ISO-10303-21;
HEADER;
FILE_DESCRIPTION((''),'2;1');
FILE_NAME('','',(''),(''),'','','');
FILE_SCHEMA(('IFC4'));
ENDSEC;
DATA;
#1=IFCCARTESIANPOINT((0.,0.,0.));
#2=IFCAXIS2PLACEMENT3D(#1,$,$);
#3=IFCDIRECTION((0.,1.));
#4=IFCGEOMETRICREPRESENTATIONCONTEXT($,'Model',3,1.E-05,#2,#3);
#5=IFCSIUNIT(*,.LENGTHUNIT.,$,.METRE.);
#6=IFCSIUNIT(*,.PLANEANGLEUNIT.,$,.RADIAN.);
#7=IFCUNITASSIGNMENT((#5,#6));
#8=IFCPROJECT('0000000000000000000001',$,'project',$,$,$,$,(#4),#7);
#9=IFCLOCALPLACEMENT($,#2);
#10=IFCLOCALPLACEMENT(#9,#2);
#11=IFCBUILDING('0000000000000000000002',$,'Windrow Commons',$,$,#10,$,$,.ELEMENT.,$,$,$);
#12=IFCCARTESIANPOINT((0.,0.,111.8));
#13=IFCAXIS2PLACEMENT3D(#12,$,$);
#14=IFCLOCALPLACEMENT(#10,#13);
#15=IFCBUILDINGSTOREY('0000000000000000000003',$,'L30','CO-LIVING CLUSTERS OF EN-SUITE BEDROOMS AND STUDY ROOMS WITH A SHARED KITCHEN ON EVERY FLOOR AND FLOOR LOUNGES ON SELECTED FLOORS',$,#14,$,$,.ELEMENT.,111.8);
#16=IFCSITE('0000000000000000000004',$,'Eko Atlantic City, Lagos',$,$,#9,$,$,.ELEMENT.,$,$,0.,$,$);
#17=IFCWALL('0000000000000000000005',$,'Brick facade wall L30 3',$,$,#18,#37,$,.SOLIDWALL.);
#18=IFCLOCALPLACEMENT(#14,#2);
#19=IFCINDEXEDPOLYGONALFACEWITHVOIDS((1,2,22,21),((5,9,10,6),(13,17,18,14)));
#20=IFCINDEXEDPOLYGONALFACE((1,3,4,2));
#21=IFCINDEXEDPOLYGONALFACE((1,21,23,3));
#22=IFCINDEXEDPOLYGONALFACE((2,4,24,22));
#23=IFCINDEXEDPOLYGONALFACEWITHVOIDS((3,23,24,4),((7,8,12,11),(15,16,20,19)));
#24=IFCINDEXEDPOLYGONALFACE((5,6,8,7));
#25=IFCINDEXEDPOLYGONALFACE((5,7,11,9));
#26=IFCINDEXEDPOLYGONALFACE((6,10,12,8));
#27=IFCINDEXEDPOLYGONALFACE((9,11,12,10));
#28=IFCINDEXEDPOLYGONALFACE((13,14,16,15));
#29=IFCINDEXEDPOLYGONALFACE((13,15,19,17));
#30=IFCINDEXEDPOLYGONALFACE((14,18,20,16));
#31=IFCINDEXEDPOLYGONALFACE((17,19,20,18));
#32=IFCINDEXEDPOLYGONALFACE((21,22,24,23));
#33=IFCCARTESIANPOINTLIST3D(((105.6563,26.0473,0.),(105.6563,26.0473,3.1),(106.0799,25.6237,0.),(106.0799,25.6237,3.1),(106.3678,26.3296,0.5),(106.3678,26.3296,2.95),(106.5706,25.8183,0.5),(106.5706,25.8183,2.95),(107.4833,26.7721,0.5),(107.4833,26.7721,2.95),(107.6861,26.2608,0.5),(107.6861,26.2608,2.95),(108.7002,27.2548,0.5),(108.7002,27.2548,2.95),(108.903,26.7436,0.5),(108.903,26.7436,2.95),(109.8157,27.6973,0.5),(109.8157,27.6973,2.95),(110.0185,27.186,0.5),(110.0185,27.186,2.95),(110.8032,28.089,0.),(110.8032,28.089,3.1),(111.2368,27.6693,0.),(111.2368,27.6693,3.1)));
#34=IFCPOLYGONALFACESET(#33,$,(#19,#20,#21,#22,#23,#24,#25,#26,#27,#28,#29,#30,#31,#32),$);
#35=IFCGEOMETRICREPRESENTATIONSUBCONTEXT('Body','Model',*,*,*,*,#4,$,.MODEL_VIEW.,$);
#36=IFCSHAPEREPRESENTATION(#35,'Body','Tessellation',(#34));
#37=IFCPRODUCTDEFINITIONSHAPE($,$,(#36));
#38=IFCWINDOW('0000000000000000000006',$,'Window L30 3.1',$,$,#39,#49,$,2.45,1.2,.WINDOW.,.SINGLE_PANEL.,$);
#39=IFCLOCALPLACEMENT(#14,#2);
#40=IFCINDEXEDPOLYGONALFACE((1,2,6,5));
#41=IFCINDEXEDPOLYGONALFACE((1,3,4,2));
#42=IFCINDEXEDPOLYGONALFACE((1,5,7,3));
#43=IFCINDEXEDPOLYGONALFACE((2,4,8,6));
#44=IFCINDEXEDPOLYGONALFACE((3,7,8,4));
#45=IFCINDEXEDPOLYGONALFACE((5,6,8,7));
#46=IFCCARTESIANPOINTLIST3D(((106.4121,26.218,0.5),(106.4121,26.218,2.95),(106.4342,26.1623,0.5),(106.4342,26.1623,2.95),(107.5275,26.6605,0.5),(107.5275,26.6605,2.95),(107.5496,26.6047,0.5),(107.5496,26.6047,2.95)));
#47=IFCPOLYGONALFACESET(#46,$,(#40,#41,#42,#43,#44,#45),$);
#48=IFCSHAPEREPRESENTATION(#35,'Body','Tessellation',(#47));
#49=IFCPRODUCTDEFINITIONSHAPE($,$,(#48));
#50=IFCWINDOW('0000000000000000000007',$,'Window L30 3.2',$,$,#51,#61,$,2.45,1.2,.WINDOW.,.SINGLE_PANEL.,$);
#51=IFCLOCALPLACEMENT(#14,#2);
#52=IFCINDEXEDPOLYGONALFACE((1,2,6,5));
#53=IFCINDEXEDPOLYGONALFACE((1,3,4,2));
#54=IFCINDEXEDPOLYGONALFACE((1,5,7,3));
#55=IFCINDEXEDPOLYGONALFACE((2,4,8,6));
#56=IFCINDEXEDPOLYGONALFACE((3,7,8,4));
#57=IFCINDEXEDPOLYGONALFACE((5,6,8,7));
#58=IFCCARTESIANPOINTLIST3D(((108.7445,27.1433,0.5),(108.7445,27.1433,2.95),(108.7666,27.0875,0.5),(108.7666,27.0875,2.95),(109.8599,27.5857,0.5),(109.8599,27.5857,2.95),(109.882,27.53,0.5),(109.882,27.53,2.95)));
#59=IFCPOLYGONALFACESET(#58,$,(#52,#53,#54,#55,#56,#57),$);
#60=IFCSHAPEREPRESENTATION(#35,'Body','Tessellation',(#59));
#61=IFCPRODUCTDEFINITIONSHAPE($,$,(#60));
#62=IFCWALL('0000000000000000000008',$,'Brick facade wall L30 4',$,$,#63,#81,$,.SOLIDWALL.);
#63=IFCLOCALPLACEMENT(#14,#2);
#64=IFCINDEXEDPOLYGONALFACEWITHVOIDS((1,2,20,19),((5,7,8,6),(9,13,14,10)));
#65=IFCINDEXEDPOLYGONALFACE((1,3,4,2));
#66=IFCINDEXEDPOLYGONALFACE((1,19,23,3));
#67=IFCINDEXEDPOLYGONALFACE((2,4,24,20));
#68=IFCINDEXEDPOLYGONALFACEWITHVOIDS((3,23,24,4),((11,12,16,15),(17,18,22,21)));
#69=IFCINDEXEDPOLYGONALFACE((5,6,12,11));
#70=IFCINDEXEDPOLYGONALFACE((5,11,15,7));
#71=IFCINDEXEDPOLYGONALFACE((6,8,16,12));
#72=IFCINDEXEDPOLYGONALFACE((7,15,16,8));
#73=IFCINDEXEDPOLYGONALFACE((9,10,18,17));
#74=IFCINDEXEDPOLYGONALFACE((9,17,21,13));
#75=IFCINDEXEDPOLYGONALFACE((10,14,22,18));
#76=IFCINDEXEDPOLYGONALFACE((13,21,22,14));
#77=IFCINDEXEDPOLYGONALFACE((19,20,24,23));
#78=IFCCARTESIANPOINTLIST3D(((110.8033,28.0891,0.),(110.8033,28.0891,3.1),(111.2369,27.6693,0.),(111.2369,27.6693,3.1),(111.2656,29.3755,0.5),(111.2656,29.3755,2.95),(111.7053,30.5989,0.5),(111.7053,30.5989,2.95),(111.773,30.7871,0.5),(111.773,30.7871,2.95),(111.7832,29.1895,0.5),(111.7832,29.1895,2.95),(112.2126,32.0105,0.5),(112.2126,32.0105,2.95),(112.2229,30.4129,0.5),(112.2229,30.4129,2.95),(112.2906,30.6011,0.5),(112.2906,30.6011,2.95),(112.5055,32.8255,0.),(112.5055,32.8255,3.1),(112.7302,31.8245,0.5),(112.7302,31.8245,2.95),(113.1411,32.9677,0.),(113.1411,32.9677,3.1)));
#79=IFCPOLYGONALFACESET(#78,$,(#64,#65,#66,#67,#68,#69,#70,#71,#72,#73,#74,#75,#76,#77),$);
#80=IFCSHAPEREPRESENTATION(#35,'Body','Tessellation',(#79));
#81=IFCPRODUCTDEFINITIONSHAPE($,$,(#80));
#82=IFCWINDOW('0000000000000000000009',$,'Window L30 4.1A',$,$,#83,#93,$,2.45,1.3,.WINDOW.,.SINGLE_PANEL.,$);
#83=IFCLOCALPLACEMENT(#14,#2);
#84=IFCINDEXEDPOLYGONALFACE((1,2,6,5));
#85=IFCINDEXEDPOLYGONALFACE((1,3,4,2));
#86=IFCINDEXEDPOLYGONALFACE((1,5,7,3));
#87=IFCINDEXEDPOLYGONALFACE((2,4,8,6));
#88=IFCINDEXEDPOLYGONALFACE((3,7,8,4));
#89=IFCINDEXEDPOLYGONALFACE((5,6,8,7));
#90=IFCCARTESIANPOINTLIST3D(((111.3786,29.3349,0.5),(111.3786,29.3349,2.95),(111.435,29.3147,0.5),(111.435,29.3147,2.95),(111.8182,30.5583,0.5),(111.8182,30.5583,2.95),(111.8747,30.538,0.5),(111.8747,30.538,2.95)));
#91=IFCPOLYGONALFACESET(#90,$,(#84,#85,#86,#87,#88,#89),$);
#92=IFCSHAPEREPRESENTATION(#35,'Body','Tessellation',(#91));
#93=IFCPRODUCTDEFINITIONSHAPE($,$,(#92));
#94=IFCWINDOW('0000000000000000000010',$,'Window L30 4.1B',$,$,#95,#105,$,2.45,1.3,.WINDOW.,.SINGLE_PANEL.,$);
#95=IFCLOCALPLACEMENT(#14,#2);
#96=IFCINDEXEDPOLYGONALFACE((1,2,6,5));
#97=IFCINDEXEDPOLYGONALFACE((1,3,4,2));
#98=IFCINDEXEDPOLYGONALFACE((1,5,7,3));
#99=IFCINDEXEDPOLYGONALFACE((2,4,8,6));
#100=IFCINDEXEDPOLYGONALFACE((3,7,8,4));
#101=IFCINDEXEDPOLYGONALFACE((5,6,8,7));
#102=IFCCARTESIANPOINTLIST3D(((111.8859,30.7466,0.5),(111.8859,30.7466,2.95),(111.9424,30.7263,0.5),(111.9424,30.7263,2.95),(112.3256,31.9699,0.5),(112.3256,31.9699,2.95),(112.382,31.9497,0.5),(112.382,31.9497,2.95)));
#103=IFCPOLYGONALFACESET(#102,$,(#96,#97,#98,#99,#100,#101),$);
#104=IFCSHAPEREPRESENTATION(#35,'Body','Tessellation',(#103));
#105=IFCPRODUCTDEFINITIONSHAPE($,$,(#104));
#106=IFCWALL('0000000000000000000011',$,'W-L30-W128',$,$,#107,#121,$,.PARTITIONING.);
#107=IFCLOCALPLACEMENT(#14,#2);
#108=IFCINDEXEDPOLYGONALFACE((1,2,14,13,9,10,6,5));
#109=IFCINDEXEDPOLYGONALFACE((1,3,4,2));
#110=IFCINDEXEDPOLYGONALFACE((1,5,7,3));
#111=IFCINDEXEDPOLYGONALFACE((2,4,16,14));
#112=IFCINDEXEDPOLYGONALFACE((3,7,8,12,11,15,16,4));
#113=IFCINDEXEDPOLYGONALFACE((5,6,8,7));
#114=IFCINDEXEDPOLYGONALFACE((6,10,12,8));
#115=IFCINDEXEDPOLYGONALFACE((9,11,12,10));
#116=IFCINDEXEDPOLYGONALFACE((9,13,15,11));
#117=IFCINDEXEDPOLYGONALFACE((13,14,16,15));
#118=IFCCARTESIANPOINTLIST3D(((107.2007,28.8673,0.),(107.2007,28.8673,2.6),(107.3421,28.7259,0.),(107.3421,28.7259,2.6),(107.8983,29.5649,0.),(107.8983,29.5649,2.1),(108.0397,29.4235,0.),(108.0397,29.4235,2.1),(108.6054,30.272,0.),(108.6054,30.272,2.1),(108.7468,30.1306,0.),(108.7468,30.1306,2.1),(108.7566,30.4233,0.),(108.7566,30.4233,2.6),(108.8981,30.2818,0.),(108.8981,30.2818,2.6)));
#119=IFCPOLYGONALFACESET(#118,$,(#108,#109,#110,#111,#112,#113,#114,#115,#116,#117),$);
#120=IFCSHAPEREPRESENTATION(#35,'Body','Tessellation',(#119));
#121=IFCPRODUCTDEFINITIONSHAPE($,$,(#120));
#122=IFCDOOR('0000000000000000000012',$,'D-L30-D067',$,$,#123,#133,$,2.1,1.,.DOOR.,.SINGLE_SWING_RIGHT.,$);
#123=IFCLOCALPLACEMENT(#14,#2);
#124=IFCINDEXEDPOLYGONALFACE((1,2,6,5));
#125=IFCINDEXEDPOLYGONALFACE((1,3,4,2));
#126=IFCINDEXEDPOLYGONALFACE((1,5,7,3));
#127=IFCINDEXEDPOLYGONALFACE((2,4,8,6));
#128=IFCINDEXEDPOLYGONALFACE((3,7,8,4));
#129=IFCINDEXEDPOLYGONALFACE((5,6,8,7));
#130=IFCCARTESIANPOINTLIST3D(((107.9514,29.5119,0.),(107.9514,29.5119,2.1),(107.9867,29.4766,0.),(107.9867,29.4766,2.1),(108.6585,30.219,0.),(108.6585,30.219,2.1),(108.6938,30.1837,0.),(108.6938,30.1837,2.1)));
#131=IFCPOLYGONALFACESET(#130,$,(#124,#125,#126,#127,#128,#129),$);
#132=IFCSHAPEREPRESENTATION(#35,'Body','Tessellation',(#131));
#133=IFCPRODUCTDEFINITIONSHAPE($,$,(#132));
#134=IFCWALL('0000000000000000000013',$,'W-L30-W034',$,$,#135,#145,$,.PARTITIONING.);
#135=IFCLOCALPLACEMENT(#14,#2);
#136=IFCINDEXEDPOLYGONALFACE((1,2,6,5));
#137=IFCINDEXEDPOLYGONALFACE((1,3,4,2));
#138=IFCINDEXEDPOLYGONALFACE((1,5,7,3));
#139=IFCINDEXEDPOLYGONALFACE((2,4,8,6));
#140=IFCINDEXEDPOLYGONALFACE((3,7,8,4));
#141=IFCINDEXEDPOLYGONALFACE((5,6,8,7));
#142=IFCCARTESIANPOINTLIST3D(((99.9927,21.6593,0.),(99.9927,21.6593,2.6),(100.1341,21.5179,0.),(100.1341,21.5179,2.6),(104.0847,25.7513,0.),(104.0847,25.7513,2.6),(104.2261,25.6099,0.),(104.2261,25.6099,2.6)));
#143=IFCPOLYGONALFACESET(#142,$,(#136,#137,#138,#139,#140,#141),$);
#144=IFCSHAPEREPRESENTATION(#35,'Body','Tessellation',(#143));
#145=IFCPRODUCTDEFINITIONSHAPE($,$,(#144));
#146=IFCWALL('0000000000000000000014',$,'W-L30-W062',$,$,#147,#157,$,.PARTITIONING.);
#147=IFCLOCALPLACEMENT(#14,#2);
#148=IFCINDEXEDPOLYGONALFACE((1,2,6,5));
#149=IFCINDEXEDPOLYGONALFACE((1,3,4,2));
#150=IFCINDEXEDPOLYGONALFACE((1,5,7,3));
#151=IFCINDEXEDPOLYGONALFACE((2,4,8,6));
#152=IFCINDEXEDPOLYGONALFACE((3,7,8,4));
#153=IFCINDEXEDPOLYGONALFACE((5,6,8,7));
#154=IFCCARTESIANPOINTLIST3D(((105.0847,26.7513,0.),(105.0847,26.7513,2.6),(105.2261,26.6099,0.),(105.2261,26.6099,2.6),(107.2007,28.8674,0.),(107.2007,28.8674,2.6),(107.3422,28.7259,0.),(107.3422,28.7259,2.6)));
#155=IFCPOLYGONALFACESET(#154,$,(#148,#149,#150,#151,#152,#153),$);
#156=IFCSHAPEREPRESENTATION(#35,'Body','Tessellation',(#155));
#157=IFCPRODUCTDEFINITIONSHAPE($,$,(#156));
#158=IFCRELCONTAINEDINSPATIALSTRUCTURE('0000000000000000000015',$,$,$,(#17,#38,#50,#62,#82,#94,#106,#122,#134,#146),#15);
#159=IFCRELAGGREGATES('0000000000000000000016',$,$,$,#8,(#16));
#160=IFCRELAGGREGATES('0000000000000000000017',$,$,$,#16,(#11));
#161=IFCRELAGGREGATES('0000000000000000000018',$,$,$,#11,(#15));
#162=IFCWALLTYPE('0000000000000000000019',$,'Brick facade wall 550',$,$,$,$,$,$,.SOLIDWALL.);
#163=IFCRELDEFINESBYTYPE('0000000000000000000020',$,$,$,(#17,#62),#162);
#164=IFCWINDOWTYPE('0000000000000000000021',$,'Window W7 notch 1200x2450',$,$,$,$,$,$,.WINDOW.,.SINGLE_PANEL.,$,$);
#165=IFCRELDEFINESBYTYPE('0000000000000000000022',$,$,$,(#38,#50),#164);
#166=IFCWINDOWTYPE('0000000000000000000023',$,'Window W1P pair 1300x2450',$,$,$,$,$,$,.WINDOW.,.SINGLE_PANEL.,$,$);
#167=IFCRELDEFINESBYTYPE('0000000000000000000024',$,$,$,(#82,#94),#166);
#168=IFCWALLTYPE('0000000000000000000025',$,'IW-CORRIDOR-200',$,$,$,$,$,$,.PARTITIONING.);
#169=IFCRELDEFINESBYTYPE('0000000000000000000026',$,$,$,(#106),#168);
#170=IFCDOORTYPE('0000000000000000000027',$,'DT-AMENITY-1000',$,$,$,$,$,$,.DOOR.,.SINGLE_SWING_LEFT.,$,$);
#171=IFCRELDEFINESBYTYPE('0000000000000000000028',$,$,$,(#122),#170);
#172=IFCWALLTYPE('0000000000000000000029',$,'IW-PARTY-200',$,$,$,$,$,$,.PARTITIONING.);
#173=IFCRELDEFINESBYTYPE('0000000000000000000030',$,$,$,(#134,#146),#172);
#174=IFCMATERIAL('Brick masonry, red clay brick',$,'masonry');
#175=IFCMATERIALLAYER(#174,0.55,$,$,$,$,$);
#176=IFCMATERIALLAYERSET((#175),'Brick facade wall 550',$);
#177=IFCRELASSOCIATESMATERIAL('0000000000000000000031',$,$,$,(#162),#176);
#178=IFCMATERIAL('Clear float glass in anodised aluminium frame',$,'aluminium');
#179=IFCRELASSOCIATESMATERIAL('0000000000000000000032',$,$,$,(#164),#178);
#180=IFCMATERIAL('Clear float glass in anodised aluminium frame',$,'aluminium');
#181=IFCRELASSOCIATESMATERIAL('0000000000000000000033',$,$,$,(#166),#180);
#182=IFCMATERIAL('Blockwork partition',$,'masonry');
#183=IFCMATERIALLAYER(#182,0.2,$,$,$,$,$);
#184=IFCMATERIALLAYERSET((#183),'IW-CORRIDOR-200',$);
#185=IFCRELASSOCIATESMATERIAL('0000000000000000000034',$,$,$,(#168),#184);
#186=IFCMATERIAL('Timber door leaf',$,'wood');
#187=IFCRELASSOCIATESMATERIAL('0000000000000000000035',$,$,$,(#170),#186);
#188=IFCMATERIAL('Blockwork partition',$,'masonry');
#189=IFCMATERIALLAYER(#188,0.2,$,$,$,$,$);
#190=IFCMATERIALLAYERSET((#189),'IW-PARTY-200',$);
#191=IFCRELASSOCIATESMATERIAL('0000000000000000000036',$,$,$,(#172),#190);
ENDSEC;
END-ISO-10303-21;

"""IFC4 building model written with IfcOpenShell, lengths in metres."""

from ifc_helpers import new_model, si_unit, direction, frame, frame_2d, origin, place, context, subcontext, project, spatial, polyline, rectangle, outline, extrude, material, layer, layer_set, type_object, element, fill, save


model = new_model("IFC4")

# Units and contexts
model_context = context("Model", 3, precision=1e-05, world=origin(), true_north=direction((0.0, 1.0)))
body_context = subcontext(model_context, "Body", "Model", "MODEL_VIEW")
ifc_project = project(units=[si_unit("LENGTHUNIT", "METRE"), si_unit("PLANEANGLEUNIT", "RADIAN")], contexts=[model_context])

# Site, building, storey
site_placement = place(None, origin())
site = spatial("IfcSite", under=ifc_project, at=site_placement, Name="Eko Atlantic City, Lagos", CompositionType="ELEMENT", RefElevation=0.0)
building_placement = place(site_placement, origin())
building = spatial("IfcBuilding", under=site, at=building_placement, Name="Windrow Commons", CompositionType="ELEMENT")
storey_placement = place(building_placement, frame((0.0, 0.0, 111.8)))
storey = spatial("IfcBuildingStorey", under=building, at=storey_placement, Name="L30", Description="CO-LIVING CLUSTERS OF EN-SUITE BEDROOMS AND STUDY ROOMS WITH A SHARED KITCHEN ON EVERY FLOOR AND FLOOR LOUNGES ON SELECTED FLOORS", CompositionType="ELEMENT", Elevation=111.8)

# Walls, openings, windows
ifc_material_1 = material(Name="Brick masonry, red clay brick", Category="masonry")
ifc_layer_1 = layer(ifc_material_1, 0.55)
ifc_layer_set_1 = layer_set([ifc_layer_1], Name="Brick facade wall 550")
wall_type_1 = type_object("IfcWallType", Name="Brick facade wall 550", PredefinedType="SOLIDWALL", material=ifc_layer_set_1)
ifc_material_2 = material(Name="Clear float glass in anodised aluminium frame", Category="aluminium")
window_type_1 = type_object("IfcWindowType", Name="Window W7 notch 1200x2450", PartitioningType="SINGLE_PANEL", PredefinedType="WINDOW", material=ifc_material_2)
ifc_material_3 = material(Name="Clear float glass in anodised aluminium frame", Category="aluminium")
window_type_2 = type_object("IfcWindowType", Name="Window W1P pair 1300x2450", PartitioningType="SINGLE_PANEL", PredefinedType="WINDOW", material=ifc_material_3)
wall_1_placement = place(storey_placement, frame((105.8681, 25.8355, 0.0), z_axis=(0.0, 0.0, 1.0), x_axis=(0.929537, 0.368729, 0.0)))
wall_1 = element("IfcWall", 1, at=wall_1_placement, inside=storey, type_object=wall_type_1, Name="Brick facade wall L30 3", PredefinedType="SOLIDWALL", context=body_context, shape_type="SweptSolid", body=[
    extrude(outline(polyline([(0.1188, -0.275), (5.6666, -0.275), (5.4183, 0.275), (-0.1188, 0.275), (0.1188, -0.275)])), origin(), (0.0, 0.0, 1.0), 3.1),
])
opening_1_placement = place(wall_1_placement, frame((0.6467, 0.0, 0.5)))
opening_1 = element("IfcOpeningElement", 2, at=opening_1_placement, cuts=wall_1, PredefinedType="OPENING", context=body_context, shape_type="SweptSolid", body=[
    extrude(rectangle(XDim=1.2, YDim=2.45, at=frame_2d((0.6, 1.225))), frame((0.0, 0.285, 0.0), z_axis=(0.0, -1.0, 0.0), x_axis=(1.0, 0.0, 0.0)), (0.0, 0.0, 1.0), 0.57),
])
opening_2_placement = place(wall_1_placement, frame((3.1559, 0.0, 0.5)))
opening_2 = element("IfcOpeningElement", 3, at=opening_2_placement, cuts=wall_1, PredefinedType="OPENING", context=body_context, shape_type="SweptSolid", body=[
    extrude(rectangle(XDim=1.2, YDim=2.45, at=frame_2d((0.6, 1.225))), frame((0.0, 0.285, 0.0), z_axis=(0.0, -1.0, 0.0), x_axis=(1.0, 0.0, 0.0)), (0.0, 0.0, 1.0), 0.57),
])
window_1_placement = place(opening_1_placement, origin())
window_1 = element("IfcWindow", 4, at=window_1_placement, inside=storey, type_object=window_type_1, Name="Window L30 3.1", OverallHeight=2.45, OverallWidth=1.2, PartitioningType="SINGLE_PANEL", PredefinedType="WINDOW", context=body_context, shape_type="SweptSolid", body=[
    extrude(rectangle(XDim=1.2, YDim=2.45, at=frame_2d((0.6, 1.225))), frame((0.0, 0.155, 0.0), z_axis=(0.0, -1.0, 0.0), x_axis=(1.0, 0.0, 0.0)), (0.0, 0.0, 1.0), 0.06),
])
fill(opening_1, window_1)
window_2_placement = place(opening_2_placement, origin())
window_2 = element("IfcWindow", 5, at=window_2_placement, inside=storey, type_object=window_type_1, Name="Window L30 3.2", OverallHeight=2.45, OverallWidth=1.2, PartitioningType="SINGLE_PANEL", PredefinedType="WINDOW", context=body_context, shape_type="SweptSolid", body=[
    extrude(rectangle(XDim=1.2, YDim=2.45, at=frame_2d((0.6, 1.225))), frame((0.0, 0.155, 0.0), z_axis=(0.0, -1.0, 0.0), x_axis=(1.0, 0.0, 0.0)), (0.0, 0.0, 1.0), 0.06),
])
fill(opening_2, window_2)
wall_2_placement = place(storey_placement, frame((111.0201, 27.8792, 0.0), z_axis=(0.0, 0.0, 1.0), x_axis=(0.338211, 0.94107, 0.0)))
wall_2 = element("IfcWall", 6, at=wall_2_placement, inside=storey, type_object=wall_type_1, Name="Brick facade wall L30 4", PredefinedType="SOLIDWALL", context=body_context, shape_type="SweptSolid", body=[
    extrude(outline(polyline([(-0.1242, -0.275), (5.506, -0.275), (5.1572, 0.275), (0.1242, 0.275), (-0.1242, -0.275)])), origin(), (0.0, 0.0, 1.0), 3.1),
])
opening_3_placement = place(wall_2_placement, frame((1.4912, 0.0, 0.5)))
opening_3 = element("IfcOpeningElement", 7, at=opening_3_placement, cuts=wall_2, PredefinedType="OPENING", context=body_context, shape_type="SweptSolid", body=[
    extrude(rectangle(XDim=1.3, YDim=2.45, at=frame_2d((0.65, 1.225))), frame((0.0, 0.285, 0.0), z_axis=(0.0, -1.0, 0.0), x_axis=(1.0, 0.0, 0.0)), (0.0, 0.0, 1.0), 0.57),
])
opening_4_placement = place(wall_2_placement, frame((2.9912, 0.0, 0.5)))
opening_4 = element("IfcOpeningElement", 8, at=opening_4_placement, cuts=wall_2, PredefinedType="OPENING", context=body_context, shape_type="SweptSolid", body=[
    extrude(rectangle(XDim=1.3, YDim=2.45, at=frame_2d((0.65, 1.225))), frame((0.0, 0.285, 0.0), z_axis=(0.0, -1.0, 0.0), x_axis=(1.0, 0.0, 0.0)), (0.0, 0.0, 1.0), 0.57),
])
window_3_placement = place(opening_3_placement, origin())
window_3 = element("IfcWindow", 9, at=window_3_placement, inside=storey, type_object=window_type_2, Name="Window L30 4.1A", OverallHeight=2.45, OverallWidth=1.3, PartitioningType="SINGLE_PANEL", PredefinedType="WINDOW", context=body_context, shape_type="SweptSolid", body=[
    extrude(rectangle(XDim=1.3, YDim=2.45, at=frame_2d((0.65, 1.225))), frame((0.0, 0.155, 0.0), z_axis=(0.0, -1.0, 0.0), x_axis=(1.0, 0.0, 0.0)), (0.0, 0.0, 1.0), 0.06),
])
fill(opening_3, window_3)
window_4_placement = place(opening_4_placement, origin())
window_4 = element("IfcWindow", 10, at=window_4_placement, inside=storey, type_object=window_type_2, Name="Window L30 4.1B", OverallHeight=2.45, OverallWidth=1.3, PartitioningType="SINGLE_PANEL", PredefinedType="WINDOW", context=body_context, shape_type="SweptSolid", body=[
    extrude(rectangle(XDim=1.3, YDim=2.45, at=frame_2d((0.65, 1.225))), frame((0.0, 0.155, 0.0), z_axis=(0.0, -1.0, 0.0), x_axis=(1.0, 0.0, 0.0)), (0.0, 0.0, 1.0), 0.06),
])
fill(opening_4, window_4)

# Wall, opening, door
ifc_material_4 = material(Name="Blockwork partition", Category="masonry")
ifc_layer_2 = layer(ifc_material_4, 0.2)
ifc_layer_set_2 = layer_set([ifc_layer_2], Name="IW-CORRIDOR-200")
wall_type_2 = type_object("IfcWallType", Name="IW-CORRIDOR-200", PredefinedType="PARTITIONING", material=ifc_layer_set_2)
wall_3_placement = place(storey_placement, frame((107.2714, 28.7966, 0.0), z_axis=(0.0, 0.0, 1.0), x_axis=(0.707107, 0.707107, 0.0)))
wall_3 = element("IfcWall", 11, at=wall_3_placement, inside=storey, type_object=wall_type_2, Name="W-L30-W128", PredefinedType="PARTITIONING", context=body_context, shape_type="SweptSolid", body=[
    extrude(rectangle(XDim=2.2005, YDim=0.2, at=frame_2d((1.1002, 0.0))), origin(), (0.0, 0.0, 1.0), 2.6),
])
opening_5_placement = place(wall_3_placement, frame((0.9866, 0.0, 0.0)))
opening_5 = element("IfcOpeningElement", 12, at=opening_5_placement, cuts=wall_3, PredefinedType="OPENING", context=body_context, shape_type="SweptSolid", body=[
    extrude(rectangle(XDim=1.0, YDim=2.1, at=frame_2d((0.5, 1.05))), frame((0.0, 0.11, 0.0), z_axis=(0.0, -1.0, 0.0), x_axis=(1.0, 0.0, 0.0)), (0.0, 0.0, 1.0), 0.22),
])
ifc_material_5 = material(Name="Timber door leaf", Category="wood")
door_type = type_object("IfcDoorType", Name="DT-AMENITY-1000", OperationType="SINGLE_SWING_LEFT", PredefinedType="DOOR", material=ifc_material_5)
door_placement = place(opening_5_placement, origin())
door = element("IfcDoor", 13, at=door_placement, inside=storey, type_object=door_type, Name="D-L30-D067", OperationType="SINGLE_SWING_RIGHT", OverallHeight=2.1, OverallWidth=1.0, PredefinedType="DOOR", context=body_context, shape_type="SweptSolid", body=[
    extrude(rectangle(XDim=1.0, YDim=2.1, at=frame_2d((0.5, 1.05))), frame((0.0, 0.025, 0.0), z_axis=(0.0, -1.0, 0.0), x_axis=(1.0, 0.0, 0.0)), (0.0, 0.0, 1.0), 0.05),
])
fill(opening_5, door)

# Walls
ifc_material_6 = material(Name="Blockwork partition", Category="masonry")
ifc_layer_3 = layer(ifc_material_6, 0.2)
ifc_layer_set_3 = layer_set([ifc_layer_3], Name="IW-PARTY-200")
wall_type_3 = type_object("IfcWallType", Name="IW-PARTY-200", PredefinedType="PARTITIONING", material=ifc_layer_set_3)
wall_4_placement = place(storey_placement, frame((100.0634, 21.5886, 0.0), z_axis=(0.0, 0.0, 1.0), x_axis=(0.707107, 0.707107, 0.0)))
element("IfcWall", 14, at=wall_4_placement, inside=storey, type_object=wall_type_3, Name="W-L30-W034", PredefinedType="PARTITIONING", context=body_context, shape_type="SweptSolid", body=[
    extrude(rectangle(XDim=5.787, YDim=0.2, at=frame_2d((2.8935, 0.0))), origin(), (0.0, 0.0, 1.0), 2.6),
])
wall_5_placement = place(storey_placement, frame((105.1554, 26.6806, 0.0), z_axis=(0.0, 0.0, 1.0), x_axis=(0.707107, 0.707107, 0.0)))
element("IfcWall", 15, at=wall_5_placement, inside=storey, type_object=wall_type_3, Name="W-L30-W062", PredefinedType="PARTITIONING", context=body_context, shape_type="SweptSolid", body=[
    extrude(rectangle(XDim=2.9925, YDim=0.2, at=frame_2d((1.4963, 0.0))), origin(), (0.0, 0.0, 1.0), 2.6),
])

save(model, "model.ifc")
